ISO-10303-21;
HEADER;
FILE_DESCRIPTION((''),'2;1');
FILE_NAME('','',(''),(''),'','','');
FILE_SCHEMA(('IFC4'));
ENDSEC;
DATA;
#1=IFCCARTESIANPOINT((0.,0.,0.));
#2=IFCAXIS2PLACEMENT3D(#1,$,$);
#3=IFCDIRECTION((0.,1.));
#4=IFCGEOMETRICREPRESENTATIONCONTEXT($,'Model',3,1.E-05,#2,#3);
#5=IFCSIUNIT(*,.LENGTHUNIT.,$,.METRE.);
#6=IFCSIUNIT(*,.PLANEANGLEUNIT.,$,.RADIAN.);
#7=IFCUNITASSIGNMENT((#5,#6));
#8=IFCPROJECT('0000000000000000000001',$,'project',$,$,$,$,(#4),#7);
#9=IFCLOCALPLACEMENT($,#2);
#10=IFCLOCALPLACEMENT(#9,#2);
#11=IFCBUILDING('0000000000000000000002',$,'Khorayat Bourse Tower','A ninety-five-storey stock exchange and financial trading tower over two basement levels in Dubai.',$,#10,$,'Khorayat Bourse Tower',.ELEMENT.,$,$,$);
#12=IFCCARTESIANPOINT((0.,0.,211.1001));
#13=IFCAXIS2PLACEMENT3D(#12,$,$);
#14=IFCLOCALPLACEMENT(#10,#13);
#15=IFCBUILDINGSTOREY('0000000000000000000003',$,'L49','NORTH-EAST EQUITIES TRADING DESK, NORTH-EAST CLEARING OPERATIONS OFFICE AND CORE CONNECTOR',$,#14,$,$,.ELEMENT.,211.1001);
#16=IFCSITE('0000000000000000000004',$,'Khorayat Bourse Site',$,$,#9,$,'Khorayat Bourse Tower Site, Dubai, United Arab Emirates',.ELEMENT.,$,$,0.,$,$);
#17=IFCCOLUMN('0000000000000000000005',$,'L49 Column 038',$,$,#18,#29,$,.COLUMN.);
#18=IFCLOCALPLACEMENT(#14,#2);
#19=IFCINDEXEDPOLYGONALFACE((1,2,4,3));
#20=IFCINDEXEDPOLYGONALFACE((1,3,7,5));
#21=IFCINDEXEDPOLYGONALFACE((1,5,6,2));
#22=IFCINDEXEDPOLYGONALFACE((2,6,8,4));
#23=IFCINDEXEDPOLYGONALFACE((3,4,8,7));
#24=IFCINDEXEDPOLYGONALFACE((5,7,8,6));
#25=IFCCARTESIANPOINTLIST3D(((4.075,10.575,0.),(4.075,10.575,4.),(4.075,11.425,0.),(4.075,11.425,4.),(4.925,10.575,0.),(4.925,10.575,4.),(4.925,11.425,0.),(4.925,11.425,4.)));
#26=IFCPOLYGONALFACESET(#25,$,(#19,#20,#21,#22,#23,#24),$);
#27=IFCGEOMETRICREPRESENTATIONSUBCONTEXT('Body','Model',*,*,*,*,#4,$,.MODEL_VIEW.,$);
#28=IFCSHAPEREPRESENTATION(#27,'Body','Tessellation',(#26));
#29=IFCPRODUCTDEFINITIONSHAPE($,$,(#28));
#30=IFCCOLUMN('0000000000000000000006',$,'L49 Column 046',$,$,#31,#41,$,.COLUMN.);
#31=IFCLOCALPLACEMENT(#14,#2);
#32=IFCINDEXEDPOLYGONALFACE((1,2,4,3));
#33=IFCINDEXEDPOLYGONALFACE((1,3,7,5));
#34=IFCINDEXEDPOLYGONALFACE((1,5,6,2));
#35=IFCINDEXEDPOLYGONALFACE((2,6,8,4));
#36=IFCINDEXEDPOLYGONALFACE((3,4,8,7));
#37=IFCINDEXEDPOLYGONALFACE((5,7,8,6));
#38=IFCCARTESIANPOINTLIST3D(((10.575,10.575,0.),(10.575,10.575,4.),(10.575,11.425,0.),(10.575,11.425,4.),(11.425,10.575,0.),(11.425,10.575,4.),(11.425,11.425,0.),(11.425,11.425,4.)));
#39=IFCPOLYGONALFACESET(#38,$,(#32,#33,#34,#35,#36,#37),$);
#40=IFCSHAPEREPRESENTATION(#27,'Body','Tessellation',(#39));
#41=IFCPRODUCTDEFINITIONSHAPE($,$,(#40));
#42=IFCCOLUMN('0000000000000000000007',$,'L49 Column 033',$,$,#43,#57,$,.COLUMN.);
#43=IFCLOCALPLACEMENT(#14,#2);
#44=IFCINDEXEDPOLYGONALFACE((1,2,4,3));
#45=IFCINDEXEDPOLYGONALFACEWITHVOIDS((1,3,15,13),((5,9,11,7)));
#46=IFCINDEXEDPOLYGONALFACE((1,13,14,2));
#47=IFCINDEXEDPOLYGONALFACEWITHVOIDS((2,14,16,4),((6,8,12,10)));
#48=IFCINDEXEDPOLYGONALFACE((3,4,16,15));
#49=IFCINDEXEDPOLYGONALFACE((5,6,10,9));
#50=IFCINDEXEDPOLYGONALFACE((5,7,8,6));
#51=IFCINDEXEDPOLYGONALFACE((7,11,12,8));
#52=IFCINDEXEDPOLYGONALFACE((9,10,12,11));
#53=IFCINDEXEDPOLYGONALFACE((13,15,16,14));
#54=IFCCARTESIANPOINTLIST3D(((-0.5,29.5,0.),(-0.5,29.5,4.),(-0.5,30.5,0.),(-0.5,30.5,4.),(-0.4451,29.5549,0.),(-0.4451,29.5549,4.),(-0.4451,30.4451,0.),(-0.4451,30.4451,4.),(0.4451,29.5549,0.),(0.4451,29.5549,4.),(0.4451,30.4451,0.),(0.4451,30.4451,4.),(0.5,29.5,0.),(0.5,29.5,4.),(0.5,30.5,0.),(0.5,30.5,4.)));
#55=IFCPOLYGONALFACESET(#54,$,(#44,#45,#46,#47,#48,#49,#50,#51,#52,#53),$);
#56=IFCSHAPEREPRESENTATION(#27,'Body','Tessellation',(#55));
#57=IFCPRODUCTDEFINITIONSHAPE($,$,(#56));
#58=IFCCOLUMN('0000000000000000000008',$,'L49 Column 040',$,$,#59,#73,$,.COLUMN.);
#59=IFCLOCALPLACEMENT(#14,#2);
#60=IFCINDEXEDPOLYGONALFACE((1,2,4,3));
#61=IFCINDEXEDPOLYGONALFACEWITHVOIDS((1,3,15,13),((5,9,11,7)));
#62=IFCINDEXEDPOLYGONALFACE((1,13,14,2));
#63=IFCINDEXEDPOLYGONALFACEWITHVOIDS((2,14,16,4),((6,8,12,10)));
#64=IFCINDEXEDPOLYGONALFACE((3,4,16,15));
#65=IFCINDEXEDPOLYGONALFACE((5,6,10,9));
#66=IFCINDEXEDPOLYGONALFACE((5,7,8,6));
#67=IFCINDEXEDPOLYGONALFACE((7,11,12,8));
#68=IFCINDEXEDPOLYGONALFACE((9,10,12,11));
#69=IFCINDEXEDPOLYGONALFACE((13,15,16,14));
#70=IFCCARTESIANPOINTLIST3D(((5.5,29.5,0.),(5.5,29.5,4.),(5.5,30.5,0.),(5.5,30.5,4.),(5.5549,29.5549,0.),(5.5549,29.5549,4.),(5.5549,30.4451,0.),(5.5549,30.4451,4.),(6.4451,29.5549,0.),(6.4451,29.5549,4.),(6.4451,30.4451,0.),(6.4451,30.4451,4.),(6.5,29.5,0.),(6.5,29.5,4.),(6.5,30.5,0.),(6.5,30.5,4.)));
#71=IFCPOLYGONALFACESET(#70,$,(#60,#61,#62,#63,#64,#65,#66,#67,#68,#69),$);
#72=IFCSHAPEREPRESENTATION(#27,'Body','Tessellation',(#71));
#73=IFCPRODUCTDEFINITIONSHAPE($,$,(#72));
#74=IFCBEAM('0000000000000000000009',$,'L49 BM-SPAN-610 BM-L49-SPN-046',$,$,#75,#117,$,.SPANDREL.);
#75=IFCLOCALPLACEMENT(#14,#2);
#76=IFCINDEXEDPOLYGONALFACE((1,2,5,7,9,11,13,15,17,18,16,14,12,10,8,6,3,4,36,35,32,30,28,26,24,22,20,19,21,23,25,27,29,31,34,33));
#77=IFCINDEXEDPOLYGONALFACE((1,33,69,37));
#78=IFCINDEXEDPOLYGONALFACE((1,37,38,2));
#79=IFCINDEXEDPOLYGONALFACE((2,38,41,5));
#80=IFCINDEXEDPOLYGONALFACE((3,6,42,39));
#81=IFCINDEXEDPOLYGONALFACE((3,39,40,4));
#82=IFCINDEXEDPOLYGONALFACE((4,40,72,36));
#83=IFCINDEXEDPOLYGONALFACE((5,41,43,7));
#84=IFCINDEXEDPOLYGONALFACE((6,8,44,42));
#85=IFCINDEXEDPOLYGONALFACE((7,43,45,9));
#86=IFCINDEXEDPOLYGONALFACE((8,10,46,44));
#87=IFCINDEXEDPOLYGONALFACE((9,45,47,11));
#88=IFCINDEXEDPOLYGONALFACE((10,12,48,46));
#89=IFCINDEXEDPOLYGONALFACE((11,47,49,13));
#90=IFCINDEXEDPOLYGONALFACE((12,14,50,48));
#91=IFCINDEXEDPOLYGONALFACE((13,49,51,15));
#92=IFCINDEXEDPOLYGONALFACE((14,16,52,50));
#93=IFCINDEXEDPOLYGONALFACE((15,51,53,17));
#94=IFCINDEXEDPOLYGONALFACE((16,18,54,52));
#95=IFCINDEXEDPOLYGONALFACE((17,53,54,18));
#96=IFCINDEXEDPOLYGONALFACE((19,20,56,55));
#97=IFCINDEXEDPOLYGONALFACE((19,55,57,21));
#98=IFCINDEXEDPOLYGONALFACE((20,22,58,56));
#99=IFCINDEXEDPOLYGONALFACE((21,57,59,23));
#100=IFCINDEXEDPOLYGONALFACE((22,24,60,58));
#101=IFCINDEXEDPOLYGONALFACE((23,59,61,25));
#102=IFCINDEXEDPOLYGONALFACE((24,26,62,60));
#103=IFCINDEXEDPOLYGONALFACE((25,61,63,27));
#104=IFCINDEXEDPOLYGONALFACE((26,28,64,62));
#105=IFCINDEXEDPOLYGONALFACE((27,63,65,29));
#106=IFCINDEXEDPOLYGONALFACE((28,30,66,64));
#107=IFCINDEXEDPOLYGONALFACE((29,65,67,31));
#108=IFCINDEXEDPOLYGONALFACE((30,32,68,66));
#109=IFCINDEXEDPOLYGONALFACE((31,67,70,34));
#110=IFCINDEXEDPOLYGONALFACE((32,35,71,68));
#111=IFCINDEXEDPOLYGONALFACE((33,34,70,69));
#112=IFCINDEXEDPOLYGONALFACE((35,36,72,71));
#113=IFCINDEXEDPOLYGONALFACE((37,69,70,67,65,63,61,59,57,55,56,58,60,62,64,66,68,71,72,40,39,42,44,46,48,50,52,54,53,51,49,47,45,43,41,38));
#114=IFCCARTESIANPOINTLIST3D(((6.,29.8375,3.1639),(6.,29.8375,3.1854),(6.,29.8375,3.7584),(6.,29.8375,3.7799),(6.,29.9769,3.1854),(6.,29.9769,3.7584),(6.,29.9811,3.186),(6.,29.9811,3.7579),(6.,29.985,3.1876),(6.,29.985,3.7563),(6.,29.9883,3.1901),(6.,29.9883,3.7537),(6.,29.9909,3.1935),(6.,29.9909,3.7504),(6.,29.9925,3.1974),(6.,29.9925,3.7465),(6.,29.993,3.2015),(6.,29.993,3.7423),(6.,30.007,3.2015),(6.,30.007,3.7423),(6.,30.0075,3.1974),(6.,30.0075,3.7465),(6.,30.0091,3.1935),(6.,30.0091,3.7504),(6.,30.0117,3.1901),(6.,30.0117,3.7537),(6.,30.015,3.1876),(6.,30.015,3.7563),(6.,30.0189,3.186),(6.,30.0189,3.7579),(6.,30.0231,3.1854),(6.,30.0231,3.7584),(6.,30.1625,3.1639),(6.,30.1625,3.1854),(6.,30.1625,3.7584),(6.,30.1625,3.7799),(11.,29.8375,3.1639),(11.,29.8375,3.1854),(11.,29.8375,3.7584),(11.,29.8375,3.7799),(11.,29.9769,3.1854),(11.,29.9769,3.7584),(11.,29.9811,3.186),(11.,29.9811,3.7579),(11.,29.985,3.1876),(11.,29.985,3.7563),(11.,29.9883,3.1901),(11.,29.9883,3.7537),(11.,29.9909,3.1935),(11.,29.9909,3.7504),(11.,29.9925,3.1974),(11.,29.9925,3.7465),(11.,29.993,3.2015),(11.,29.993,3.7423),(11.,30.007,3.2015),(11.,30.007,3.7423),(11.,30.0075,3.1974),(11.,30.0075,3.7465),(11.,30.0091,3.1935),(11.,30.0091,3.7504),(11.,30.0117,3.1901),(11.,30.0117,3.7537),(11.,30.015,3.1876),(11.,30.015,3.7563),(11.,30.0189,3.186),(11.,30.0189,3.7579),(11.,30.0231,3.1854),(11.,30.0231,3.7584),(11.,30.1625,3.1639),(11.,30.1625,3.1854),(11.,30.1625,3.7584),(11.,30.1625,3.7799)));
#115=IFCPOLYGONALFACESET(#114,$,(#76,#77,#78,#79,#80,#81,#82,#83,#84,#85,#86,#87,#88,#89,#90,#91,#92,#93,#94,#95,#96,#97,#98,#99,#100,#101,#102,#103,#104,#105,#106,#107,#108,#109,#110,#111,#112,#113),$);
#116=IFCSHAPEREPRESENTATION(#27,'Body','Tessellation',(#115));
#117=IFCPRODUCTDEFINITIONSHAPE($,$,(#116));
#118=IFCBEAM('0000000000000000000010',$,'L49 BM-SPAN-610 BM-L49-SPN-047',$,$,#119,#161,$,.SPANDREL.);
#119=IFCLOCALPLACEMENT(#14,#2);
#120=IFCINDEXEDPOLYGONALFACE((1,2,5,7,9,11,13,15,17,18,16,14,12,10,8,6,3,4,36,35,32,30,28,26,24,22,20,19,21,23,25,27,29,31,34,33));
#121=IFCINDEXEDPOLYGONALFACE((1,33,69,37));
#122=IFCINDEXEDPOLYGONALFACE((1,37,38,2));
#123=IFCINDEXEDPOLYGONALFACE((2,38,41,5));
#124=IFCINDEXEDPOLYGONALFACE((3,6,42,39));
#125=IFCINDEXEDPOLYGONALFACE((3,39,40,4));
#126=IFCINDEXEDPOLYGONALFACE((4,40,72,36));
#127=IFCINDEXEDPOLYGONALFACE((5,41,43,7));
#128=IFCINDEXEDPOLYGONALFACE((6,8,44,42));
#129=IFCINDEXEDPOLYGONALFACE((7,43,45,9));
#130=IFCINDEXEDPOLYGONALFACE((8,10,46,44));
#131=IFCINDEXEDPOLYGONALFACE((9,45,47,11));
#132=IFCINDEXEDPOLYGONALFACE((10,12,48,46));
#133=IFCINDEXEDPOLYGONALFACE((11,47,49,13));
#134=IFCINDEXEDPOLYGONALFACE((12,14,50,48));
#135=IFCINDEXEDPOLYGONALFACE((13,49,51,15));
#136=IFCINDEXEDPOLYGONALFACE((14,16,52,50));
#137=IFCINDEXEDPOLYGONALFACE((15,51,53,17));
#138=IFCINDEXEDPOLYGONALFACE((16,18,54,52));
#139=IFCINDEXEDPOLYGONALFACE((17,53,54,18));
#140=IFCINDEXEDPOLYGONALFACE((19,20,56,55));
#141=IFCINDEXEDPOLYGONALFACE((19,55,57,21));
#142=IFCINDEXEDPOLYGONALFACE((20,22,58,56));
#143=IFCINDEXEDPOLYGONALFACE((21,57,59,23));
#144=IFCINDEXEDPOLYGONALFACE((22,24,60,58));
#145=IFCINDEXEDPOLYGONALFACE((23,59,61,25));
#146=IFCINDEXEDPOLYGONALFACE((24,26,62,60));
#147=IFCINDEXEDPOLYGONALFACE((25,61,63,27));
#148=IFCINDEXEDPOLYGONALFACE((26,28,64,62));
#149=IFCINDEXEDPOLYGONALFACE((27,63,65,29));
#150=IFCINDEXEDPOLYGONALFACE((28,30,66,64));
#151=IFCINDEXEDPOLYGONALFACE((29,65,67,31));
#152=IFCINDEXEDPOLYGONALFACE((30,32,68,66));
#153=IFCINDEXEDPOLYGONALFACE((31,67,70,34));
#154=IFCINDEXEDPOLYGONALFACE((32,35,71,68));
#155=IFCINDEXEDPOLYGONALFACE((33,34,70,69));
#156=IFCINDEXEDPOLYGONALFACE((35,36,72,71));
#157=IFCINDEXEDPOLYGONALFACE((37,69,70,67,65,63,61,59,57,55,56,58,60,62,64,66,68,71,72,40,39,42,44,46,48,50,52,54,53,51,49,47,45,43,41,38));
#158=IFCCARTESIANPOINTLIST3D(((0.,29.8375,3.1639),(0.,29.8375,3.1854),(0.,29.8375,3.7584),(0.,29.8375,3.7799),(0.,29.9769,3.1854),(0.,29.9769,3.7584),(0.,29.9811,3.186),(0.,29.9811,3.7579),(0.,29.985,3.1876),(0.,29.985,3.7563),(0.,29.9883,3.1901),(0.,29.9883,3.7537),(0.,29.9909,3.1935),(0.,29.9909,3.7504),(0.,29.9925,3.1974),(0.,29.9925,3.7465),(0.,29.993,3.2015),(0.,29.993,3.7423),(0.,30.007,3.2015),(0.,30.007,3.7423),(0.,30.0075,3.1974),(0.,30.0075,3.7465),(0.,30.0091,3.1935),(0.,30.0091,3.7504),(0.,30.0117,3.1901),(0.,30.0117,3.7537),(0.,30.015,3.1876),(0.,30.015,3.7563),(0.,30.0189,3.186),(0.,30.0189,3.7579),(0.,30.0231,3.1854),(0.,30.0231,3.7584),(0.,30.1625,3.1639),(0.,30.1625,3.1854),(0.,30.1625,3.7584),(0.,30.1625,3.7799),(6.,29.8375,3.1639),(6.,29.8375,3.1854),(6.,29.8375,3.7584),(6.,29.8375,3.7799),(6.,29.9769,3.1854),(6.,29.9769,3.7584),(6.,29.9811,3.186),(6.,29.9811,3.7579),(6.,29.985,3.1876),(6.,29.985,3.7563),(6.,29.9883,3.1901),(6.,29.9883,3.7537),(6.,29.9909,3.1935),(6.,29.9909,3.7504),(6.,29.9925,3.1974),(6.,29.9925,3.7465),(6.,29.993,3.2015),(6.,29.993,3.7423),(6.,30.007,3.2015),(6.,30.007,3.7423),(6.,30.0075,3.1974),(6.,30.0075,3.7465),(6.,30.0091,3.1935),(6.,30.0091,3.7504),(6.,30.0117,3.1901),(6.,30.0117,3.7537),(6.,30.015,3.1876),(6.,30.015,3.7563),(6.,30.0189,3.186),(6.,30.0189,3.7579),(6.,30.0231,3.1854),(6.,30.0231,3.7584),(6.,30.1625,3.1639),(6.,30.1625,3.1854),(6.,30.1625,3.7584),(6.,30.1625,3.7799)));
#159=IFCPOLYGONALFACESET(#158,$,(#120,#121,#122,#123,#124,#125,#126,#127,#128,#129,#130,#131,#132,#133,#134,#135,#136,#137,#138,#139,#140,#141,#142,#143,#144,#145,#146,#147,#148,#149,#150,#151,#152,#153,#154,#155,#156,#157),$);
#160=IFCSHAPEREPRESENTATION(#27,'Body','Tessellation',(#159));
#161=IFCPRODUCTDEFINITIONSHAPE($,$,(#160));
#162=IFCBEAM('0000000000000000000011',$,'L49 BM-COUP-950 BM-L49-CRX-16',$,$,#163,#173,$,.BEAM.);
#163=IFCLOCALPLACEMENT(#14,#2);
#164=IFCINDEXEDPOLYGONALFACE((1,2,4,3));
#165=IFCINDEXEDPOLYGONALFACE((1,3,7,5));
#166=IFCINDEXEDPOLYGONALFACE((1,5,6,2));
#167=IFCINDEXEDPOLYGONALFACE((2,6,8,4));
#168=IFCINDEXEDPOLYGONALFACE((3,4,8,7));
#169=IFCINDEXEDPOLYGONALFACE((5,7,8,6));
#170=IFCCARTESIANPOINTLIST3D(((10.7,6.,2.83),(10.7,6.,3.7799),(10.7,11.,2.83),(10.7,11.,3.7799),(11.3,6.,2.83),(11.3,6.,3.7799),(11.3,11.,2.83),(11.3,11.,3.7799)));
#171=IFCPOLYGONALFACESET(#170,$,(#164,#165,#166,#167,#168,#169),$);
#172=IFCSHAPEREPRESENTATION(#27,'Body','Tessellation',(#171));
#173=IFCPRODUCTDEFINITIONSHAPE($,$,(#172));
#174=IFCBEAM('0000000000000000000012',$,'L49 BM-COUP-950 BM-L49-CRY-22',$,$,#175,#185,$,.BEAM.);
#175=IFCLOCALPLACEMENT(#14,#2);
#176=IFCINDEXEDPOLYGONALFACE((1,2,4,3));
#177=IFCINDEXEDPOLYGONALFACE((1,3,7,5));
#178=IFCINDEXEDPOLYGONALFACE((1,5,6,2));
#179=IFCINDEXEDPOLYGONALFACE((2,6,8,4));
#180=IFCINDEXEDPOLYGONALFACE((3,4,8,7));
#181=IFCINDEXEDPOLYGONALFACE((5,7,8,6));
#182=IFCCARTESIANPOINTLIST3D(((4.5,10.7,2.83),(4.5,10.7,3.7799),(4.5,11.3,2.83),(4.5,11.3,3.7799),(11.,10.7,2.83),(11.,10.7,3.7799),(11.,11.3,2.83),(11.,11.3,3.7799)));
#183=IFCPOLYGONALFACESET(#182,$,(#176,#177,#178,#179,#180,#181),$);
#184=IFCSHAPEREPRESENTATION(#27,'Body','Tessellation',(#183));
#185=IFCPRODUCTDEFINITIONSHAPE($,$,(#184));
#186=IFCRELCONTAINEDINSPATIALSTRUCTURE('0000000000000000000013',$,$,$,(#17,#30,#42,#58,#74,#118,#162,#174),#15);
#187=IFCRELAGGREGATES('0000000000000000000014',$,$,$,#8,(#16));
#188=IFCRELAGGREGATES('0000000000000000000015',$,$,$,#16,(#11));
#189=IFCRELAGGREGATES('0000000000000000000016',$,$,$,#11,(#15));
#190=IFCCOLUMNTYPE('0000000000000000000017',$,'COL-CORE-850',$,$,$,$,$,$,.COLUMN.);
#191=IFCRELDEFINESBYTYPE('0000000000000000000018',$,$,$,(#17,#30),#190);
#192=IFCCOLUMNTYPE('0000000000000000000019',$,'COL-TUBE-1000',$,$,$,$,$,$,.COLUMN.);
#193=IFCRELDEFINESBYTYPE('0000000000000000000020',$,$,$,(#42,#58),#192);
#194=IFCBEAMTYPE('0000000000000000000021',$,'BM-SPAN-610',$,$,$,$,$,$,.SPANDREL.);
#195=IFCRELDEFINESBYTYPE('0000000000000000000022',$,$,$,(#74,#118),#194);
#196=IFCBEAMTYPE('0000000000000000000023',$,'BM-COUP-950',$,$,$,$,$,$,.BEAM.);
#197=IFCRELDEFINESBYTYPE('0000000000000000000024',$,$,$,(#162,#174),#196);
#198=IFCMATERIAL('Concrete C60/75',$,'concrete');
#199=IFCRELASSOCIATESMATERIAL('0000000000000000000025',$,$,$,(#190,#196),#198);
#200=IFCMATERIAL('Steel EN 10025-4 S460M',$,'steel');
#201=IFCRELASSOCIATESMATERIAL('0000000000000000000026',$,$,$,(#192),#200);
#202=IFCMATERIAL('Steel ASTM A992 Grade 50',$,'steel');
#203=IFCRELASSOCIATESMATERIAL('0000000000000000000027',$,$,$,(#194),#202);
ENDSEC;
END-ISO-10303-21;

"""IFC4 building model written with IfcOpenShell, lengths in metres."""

from ifc_helpers import new_model, si_unit, direction, frame, origin, origin_2d, place, context, subcontext, project, spatial, rectangle, hollow_rectangle, i_section, extrude, source, transform, mapped, material, material_profile, profile_set, type_object, element, save


model = new_model("IFC4")

# Units and contexts
model_context = context("Model", 3, precision=1e-05, world=origin(), true_north=direction((0.0, 1.0)))
body_context = subcontext(model_context, "Body", "Model", "MODEL_VIEW")
ifc_project = project(units=[si_unit("LENGTHUNIT", "METRE"), si_unit("PLANEANGLEUNIT", "RADIAN")], contexts=[model_context])

# Site, building, storey
site_placement = place(None, origin())
site = spatial("IfcSite", under=ifc_project, at=site_placement, Name="Khorayat Bourse Site", LongName="Khorayat Bourse Tower Site, Dubai, United Arab Emirates", CompositionType="ELEMENT", RefElevation=0.0)
building_placement = place(site_placement, origin())
building = spatial("IfcBuilding", under=site, at=building_placement, Name="Khorayat Bourse Tower", Description="A ninety-five-storey stock exchange and financial trading tower over two basement levels in Dubai.", LongName="Khorayat Bourse Tower", CompositionType="ELEMENT")
storey_placement = place(building_placement, frame((0.0, 0.0, 211.1001)))
storey = spatial("IfcBuildingStorey", under=building, at=storey_placement, Name="L49", Description="NORTH-EAST EQUITIES TRADING DESK, NORTH-EAST CLEARING OPERATIONS OFFICE AND CORE CONNECTOR", CompositionType="ELEMENT", Elevation=211.1001)

# Columns
ifc_material_1 = material(Name="Concrete C60/75", Category="concrete")
ifc_material_profile_1 = material_profile(ifc_material_1, rectangle(XDim=0.8501, YDim=0.8501, at=origin_2d()), Name="RC 850x850")
ifc_profile_set_1 = profile_set([ifc_material_profile_1], Name="Concrete C60/75")
column_type_1 = type_object("IfcColumnType", Name="COL-CORE-850", PredefinedType="COLUMN", material=ifc_profile_set_1)
shared_shape_1 = source(origin(), body_context, "Body", "SweptSolid", [
    extrude(rectangle(XDim=0.8501, YDim=0.8501, at=origin_2d()), origin(), (0.0, 0.0, 1.0), 4.0),
])
for number, where, z_axis, x_axis, name in (
    (1, (4.5, 11.0, 0.0), (0.0, 0.0, 1.0), (1.0, 0.0, 0.0), "L49 Column 038"),
    (2, (11.0, 11.0, 0.0), (0.0, 0.0, 1.0), (1.0, 0.0, 0.0), "L49 Column 046"),
):
    element("IfcColumn", number, at=place(storey_placement, frame(where, z_axis=z_axis, x_axis=x_axis)), inside=storey, type_object=column_type_1, Name=name, PredefinedType="COLUMN", context=body_context, shape_type="MappedRepresentation", body=[
        mapped(shared_shape_1, transform((0.0, 0.0, 0.0), scale=1.0)),
    ])
ifc_material_2 = material(Name="Steel EN 10025-4 S460M", Category="steel")
ifc_material_profile_2 = material_profile(ifc_material_2, hollow_rectangle(XDim=1.0, YDim=1.0, WallThickness=0.0549, at=origin_2d()), Name="BOX 1000x1000x55")
ifc_profile_set_2 = profile_set([ifc_material_profile_2], Name="Steel EN 10025-4 S460M")
column_type_2 = type_object("IfcColumnType", Name="COL-TUBE-1000", PredefinedType="COLUMN", material=ifc_profile_set_2)
shared_shape_2 = source(origin(), body_context, "Body", "SweptSolid", [
    extrude(hollow_rectangle(XDim=1.0, YDim=1.0, WallThickness=0.0549, at=origin_2d()), origin(), (0.0, 0.0, 1.0), 4.0),
])
for number, where, z_axis, x_axis, name in (
    (3, (0.0, 30.0, 0.0), (0.0, 0.0, 1.0), (1.0, 0.0, 0.0), "L49 Column 033"),
    (4, (6.0, 30.0, 0.0), (0.0, 0.0, 1.0), (1.0, 0.0, 0.0), "L49 Column 040"),
):
    element("IfcColumn", number, at=place(storey_placement, frame(where, z_axis=z_axis, x_axis=x_axis)), inside=storey, type_object=column_type_2, Name=name, PredefinedType="COLUMN", context=body_context, shape_type="MappedRepresentation", body=[
        mapped(shared_shape_2, transform((0.0, 0.0, 0.0), scale=1.0)),
    ])

# Beams
ifc_material_3 = material(Name="Steel ASTM A992 Grade 50", Category="steel")
ifc_material_profile_3 = material_profile(ifc_material_3, i_section(OverallWidth=0.325, OverallDepth=0.616, WebThickness=0.0139, FlangeThickness=0.0215, FilletRadius=0.0161, at=origin_2d()), Name="W610X174")
ifc_profile_set_3 = profile_set([ifc_material_profile_3], Name="Steel ASTM A992 Grade 50")
beam_type_1 = type_object("IfcBeamType", Name="BM-SPAN-610", PredefinedType="SPANDREL", material=ifc_profile_set_3)
shared_shape_3 = source(origin(), body_context, "Body", "SweptSolid", [
    extrude(i_section(OverallWidth=0.325, OverallDepth=0.616, WebThickness=0.0139, FlangeThickness=0.0215, FilletRadius=0.0161, at=origin_2d()), origin(), (0.0, 0.0, 1.0), 5.0),
])
beam_1_placement = place(storey_placement, frame((6.0, 30.0, 3.4719), z_axis=(1.0, 0.0, 0.0), x_axis=(0.0, 1.0, 0.0)))
element("IfcBeam", 5, at=beam_1_placement, inside=storey, type_object=beam_type_1, Name="L49 BM-SPAN-610 BM-L49-SPN-046", PredefinedType="SPANDREL", context=body_context, shape_type="MappedRepresentation", body=[
    mapped(shared_shape_3, transform((0.0, 0.0, 0.0), scale=1.0)),
])
shared_shape_4 = source(origin(), body_context, "Body", "SweptSolid", [
    extrude(i_section(OverallWidth=0.325, OverallDepth=0.616, WebThickness=0.0139, FlangeThickness=0.0215, FilletRadius=0.0161, at=origin_2d()), origin(), (0.0, 0.0, 1.0), 6.0),
])
beam_2_placement = place(storey_placement, frame((0.0, 30.0, 3.4719), z_axis=(1.0, 0.0, 0.0), x_axis=(0.0, 1.0, 0.0)))
element("IfcBeam", 6, at=beam_2_placement, inside=storey, type_object=beam_type_1, Name="L49 BM-SPAN-610 BM-L49-SPN-047", PredefinedType="SPANDREL", context=body_context, shape_type="MappedRepresentation", body=[
    mapped(shared_shape_4, transform((0.0, 0.0, 0.0), scale=1.0)),
])
ifc_material_profile_4 = material_profile(ifc_material_1, rectangle(XDim=0.6001, YDim=0.95, at=origin_2d()), Name="RC 600x950")
ifc_profile_set_4 = profile_set([ifc_material_profile_4], Name="Concrete C60/75")
beam_type_2 = type_object("IfcBeamType", Name="BM-COUP-950", PredefinedType="BEAM", material=ifc_profile_set_4)
shared_shape_5 = source(origin(), body_context, "Body", "SweptSolid", [
    extrude(rectangle(XDim=0.6001, YDim=0.95, at=origin_2d()), origin(), (0.0, 0.0, 1.0), 5.0),
])
beam_3_placement = place(storey_placement, frame((11.0, 6.0, 3.3049), z_axis=(0.0, 1.0, 0.0), x_axis=(-1.0, 0.0, 0.0)))
element("IfcBeam", 7, at=beam_3_placement, inside=storey, type_object=beam_type_2, Name="L49 BM-COUP-950 BM-L49-CRX-16", PredefinedType="BEAM", context=body_context, shape_type="MappedRepresentation", body=[
    mapped(shared_shape_5, transform((0.0, 0.0, 0.0), scale=1.0)),
])
shared_shape_6 = source(origin(), body_context, "Body", "SweptSolid", [
    extrude(rectangle(XDim=0.6001, YDim=0.95, at=origin_2d()), origin(), (0.0, 0.0, 1.0), 6.5),
])
beam_4_placement = place(storey_placement, frame((4.5, 11.0, 3.3049), z_axis=(1.0, 0.0, 0.0), x_axis=(0.0, 1.0, 0.0)))
element("IfcBeam", 8, at=beam_4_placement, inside=storey, type_object=beam_type_2, Name="L49 BM-COUP-950 BM-L49-CRY-22", PredefinedType="BEAM", context=body_context, shape_type="MappedRepresentation", body=[
    mapped(shared_shape_6, transform((0.0, 0.0, 0.0), scale=1.0)),
])

save(model, "model.ifc")
